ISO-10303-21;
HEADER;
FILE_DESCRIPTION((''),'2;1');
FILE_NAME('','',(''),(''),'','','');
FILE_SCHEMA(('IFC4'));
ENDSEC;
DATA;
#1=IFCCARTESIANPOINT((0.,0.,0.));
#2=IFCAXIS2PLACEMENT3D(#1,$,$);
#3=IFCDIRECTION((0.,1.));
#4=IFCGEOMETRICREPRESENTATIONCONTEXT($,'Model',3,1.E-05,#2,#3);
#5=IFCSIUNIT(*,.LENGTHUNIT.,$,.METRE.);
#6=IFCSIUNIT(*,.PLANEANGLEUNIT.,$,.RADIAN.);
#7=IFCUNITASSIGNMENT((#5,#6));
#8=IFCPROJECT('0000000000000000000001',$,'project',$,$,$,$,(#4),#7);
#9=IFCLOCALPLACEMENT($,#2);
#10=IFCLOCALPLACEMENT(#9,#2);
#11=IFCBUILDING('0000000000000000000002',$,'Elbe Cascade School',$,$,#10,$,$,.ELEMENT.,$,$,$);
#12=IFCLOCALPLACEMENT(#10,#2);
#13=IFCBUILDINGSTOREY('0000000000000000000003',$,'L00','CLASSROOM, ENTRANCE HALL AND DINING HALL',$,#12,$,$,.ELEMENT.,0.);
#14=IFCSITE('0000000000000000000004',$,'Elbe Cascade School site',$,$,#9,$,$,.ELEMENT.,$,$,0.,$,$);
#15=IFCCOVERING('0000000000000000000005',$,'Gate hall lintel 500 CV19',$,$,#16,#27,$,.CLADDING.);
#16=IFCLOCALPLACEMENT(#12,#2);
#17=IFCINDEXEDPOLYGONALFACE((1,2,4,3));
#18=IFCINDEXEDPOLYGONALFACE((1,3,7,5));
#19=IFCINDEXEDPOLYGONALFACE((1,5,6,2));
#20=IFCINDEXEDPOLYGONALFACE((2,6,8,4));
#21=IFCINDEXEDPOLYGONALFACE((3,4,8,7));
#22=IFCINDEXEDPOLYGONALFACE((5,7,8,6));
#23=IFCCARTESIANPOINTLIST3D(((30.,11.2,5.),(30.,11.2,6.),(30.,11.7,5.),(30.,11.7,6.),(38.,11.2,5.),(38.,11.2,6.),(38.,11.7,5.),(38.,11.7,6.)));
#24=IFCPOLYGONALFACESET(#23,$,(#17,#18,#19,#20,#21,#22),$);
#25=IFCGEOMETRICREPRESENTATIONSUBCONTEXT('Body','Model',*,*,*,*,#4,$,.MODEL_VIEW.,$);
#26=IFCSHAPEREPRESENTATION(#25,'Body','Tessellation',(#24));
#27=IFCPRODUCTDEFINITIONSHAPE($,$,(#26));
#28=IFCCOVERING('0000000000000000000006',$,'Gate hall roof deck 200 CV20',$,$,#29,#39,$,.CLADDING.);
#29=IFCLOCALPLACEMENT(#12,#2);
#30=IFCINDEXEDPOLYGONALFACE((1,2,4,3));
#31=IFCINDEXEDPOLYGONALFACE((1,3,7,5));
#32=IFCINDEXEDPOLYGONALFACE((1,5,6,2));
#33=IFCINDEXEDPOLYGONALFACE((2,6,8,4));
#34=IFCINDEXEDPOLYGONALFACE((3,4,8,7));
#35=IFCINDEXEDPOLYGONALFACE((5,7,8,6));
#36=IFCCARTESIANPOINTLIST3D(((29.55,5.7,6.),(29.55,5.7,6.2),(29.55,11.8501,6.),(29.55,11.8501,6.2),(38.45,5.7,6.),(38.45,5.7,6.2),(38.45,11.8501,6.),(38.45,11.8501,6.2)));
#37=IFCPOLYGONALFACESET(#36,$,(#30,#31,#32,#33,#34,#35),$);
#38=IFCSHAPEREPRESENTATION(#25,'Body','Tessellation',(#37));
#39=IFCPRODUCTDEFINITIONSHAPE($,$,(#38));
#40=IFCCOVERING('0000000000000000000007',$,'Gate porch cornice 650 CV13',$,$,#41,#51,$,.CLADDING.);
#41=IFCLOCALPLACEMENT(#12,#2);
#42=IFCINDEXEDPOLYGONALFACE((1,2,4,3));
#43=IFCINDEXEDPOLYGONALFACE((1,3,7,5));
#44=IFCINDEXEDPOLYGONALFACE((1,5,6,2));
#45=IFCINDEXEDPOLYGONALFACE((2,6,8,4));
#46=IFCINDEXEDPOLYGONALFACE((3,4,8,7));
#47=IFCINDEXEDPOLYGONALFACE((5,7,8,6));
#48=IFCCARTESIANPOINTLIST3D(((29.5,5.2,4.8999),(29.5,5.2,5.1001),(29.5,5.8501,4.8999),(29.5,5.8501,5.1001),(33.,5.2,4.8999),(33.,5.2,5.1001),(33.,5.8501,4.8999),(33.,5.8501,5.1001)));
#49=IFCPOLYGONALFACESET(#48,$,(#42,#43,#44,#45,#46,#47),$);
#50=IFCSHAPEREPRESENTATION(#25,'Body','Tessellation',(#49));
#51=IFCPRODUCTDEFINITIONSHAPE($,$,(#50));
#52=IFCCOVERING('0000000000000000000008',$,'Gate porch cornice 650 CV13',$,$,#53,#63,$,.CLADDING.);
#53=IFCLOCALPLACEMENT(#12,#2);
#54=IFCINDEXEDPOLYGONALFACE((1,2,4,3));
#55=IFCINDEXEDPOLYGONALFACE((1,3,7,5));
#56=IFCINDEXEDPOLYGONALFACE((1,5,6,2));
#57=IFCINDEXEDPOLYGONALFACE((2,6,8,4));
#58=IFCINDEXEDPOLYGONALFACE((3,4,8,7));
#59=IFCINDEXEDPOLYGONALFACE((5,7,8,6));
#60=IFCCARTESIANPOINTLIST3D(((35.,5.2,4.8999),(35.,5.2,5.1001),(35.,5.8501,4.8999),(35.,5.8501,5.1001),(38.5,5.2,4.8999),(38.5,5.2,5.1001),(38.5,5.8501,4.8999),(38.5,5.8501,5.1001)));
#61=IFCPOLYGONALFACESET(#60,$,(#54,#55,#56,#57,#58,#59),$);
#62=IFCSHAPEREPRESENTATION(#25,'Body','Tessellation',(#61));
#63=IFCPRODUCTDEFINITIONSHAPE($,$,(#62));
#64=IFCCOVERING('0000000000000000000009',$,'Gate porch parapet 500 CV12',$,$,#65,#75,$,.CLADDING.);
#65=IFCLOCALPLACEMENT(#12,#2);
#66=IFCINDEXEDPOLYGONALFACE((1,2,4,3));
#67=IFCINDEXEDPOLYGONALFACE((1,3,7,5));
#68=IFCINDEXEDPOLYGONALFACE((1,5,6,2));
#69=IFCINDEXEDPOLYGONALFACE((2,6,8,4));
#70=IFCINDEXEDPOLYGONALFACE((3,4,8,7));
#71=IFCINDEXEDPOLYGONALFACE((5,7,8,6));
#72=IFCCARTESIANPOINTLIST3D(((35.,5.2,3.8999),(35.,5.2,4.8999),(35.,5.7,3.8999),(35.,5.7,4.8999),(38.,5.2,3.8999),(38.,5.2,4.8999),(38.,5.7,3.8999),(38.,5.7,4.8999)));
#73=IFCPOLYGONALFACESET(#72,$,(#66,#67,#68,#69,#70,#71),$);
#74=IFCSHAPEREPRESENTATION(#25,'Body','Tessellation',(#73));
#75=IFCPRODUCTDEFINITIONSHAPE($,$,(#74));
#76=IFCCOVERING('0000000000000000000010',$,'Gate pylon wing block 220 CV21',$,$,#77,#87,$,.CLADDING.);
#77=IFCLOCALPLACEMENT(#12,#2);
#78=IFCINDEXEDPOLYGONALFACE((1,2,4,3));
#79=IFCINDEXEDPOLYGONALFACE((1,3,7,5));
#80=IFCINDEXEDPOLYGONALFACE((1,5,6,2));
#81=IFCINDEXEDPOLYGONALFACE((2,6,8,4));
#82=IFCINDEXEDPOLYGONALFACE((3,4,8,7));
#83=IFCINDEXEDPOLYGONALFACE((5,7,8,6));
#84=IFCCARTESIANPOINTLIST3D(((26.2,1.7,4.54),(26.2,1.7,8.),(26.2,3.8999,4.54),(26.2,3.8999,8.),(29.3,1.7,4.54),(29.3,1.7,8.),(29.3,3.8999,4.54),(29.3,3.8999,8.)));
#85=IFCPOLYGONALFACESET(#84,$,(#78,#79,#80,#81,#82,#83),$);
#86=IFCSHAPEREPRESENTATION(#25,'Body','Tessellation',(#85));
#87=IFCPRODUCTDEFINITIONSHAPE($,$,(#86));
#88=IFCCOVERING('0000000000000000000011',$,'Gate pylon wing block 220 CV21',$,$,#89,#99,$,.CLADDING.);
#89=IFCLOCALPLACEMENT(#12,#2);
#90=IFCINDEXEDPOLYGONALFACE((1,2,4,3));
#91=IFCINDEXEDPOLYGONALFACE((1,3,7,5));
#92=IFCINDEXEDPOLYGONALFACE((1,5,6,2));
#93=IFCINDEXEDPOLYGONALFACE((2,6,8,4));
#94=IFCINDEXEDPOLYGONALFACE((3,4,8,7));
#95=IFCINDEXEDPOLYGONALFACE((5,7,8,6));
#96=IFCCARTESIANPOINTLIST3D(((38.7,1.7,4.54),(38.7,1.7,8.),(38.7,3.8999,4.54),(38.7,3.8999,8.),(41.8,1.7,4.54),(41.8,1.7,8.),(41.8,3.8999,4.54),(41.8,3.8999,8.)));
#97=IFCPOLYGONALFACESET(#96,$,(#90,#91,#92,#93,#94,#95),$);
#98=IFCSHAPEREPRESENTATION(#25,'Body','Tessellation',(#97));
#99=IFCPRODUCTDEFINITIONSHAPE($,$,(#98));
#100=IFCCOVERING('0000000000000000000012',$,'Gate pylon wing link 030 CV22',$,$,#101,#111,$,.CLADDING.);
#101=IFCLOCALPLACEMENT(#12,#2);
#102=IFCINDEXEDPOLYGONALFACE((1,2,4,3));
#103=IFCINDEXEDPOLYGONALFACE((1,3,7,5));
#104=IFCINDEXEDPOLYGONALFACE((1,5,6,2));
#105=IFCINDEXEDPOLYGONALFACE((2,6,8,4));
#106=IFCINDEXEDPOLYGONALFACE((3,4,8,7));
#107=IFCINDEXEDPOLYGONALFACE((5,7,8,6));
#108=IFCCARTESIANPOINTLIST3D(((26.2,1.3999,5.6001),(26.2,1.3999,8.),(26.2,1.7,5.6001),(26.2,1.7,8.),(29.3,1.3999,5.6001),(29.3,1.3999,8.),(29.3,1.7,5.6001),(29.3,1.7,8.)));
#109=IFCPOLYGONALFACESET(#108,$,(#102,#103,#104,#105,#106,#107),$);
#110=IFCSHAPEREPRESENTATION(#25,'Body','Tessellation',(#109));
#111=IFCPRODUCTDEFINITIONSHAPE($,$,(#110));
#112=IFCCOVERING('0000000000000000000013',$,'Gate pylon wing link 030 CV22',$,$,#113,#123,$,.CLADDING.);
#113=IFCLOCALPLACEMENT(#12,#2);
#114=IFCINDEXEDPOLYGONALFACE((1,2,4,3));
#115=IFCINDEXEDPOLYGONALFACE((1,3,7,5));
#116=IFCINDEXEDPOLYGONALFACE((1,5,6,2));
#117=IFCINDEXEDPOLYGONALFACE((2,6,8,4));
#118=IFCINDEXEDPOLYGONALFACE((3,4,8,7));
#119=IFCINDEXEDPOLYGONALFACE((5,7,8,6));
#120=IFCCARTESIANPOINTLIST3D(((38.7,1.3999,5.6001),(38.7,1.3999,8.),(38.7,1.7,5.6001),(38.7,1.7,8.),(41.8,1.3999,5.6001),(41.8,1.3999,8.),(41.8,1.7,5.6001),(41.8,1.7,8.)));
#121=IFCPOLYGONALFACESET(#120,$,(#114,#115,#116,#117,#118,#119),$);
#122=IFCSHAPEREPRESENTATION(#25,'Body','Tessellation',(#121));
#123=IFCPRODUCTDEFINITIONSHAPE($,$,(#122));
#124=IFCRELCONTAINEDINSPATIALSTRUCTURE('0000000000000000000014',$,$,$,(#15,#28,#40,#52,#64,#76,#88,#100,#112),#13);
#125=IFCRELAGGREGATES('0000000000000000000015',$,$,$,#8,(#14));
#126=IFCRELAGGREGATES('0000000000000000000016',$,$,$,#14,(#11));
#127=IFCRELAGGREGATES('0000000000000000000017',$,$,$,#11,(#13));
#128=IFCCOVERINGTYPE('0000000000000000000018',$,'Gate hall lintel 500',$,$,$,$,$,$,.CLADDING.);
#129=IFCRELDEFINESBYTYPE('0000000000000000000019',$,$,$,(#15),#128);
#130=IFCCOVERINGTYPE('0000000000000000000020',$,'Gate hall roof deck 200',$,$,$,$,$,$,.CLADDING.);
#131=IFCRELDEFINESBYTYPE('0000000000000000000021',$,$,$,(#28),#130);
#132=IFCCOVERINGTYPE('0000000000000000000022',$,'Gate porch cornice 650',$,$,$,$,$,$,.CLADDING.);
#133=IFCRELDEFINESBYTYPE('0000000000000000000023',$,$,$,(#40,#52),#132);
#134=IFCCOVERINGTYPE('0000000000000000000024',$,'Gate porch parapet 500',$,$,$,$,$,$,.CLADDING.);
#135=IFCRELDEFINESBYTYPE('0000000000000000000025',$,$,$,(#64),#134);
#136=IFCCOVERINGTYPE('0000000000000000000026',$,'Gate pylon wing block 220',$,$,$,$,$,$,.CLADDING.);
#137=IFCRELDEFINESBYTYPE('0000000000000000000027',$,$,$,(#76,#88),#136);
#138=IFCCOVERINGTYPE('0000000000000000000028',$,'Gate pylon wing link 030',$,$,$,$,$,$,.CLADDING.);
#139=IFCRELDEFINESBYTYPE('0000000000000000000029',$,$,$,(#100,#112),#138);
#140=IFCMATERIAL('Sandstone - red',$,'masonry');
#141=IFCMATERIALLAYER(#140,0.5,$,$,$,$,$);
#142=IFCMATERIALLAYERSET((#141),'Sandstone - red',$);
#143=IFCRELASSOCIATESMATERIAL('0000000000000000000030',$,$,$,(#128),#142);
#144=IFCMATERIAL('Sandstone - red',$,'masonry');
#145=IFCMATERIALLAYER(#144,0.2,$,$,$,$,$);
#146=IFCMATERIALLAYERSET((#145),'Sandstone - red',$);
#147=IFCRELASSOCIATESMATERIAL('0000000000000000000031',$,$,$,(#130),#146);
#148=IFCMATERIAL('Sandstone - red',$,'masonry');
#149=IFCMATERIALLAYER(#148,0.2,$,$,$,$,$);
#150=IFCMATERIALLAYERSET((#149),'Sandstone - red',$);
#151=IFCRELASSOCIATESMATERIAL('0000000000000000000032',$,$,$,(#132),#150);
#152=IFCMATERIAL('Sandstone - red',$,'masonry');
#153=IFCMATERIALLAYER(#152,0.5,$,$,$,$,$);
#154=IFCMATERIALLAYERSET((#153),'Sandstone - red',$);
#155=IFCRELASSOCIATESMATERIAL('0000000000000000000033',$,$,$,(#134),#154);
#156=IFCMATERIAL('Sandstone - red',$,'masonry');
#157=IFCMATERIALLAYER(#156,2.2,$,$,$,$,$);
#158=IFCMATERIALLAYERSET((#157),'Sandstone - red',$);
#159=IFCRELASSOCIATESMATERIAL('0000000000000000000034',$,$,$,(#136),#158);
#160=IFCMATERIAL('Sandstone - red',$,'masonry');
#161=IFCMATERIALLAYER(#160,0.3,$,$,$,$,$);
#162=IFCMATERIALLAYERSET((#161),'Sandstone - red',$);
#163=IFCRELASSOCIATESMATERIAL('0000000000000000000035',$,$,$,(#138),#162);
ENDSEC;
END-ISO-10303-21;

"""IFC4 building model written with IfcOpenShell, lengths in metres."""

from ifc_helpers import new_model, si_unit, direction, frame, origin, place, context, subcontext, project, spatial, polyline, outline, extrude, material, layer, layer_set, type_object, element, save


model = new_model("IFC4")

# Units and contexts
model_context = context("Model", 3, precision=1e-05, world=origin(), true_north=direction((0.0, 1.0)))
body_context = subcontext(model_context, "Body", "Model", "MODEL_VIEW")
ifc_project = project(units=[si_unit("LENGTHUNIT", "METRE"), si_unit("PLANEANGLEUNIT", "RADIAN")], contexts=[model_context])

# Site, building, storey
site_placement = place(None, origin())
site = spatial("IfcSite", under=ifc_project, at=site_placement, Name="Elbe Cascade School site", CompositionType="ELEMENT", RefElevation=0.0)
building_placement = place(site_placement, origin())
building = spatial("IfcBuilding", under=site, at=building_placement, Name="Elbe Cascade School", CompositionType="ELEMENT")
storey_placement = place(building_placement, origin())
storey = spatial("IfcBuildingStorey", under=building, at=storey_placement, Name="L00", Description="CLASSROOM, ENTRANCE HALL AND DINING HALL", CompositionType="ELEMENT", Elevation=0.0)

# Coverings
ifc_material_1 = material(Name="Sandstone - red", Category="masonry")
ifc_layer_1 = layer(ifc_material_1, 0.5)
ifc_layer_set_1 = layer_set([ifc_layer_1], Name="Sandstone - red")
covering_type_1 = type_object("IfcCoveringType", Name="Gate hall lintel 500", PredefinedType="CLADDING", material=ifc_layer_set_1)
covering_1_placement = place(storey_placement, frame((0.0, 0.0, 5.0)))
element("IfcCovering", 1, at=covering_1_placement, inside=storey, type_object=covering_type_1, Name="Gate hall lintel 500 CV19", PredefinedType="CLADDING", context=body_context, shape_type="SweptSolid", body=[
    extrude(outline(polyline([(30.0, 11.2), (38.0, 11.2), (38.0, 11.7), (30.0, 11.7), (30.0, 11.2)])), origin(), (0.0, 0.0, 1.0), 1.0),
])
ifc_material_2 = material(Name="Sandstone - red", Category="masonry")
ifc_layer_2 = layer(ifc_material_2, 0.2)
ifc_layer_set_2 = layer_set([ifc_layer_2], Name="Sandstone - red")
covering_type_2 = type_object("IfcCoveringType", Name="Gate hall roof deck 200", PredefinedType="CLADDING", material=ifc_layer_set_2)
covering_2_placement = place(storey_placement, frame((0.0, 0.0, 6.0)))
element("IfcCovering", 2, at=covering_2_placement, inside=storey, type_object=covering_type_2, Name="Gate hall roof deck 200 CV20", PredefinedType="CLADDING", context=body_context, shape_type="SweptSolid", body=[
    extrude(outline(polyline([(29.55, 5.7), (38.45, 5.7), (38.45, 11.8501), (29.55, 11.8501), (29.55, 5.7)])), origin(), (0.0, 0.0, 1.0), 0.2),
])
ifc_material_3 = material(Name="Sandstone - red", Category="masonry")
ifc_layer_3 = layer(ifc_material_3, 0.2)
ifc_layer_set_3 = layer_set([ifc_layer_3], Name="Sandstone - red")
covering_type_3 = type_object("IfcCoveringType", Name="Gate porch cornice 650", PredefinedType="CLADDING", material=ifc_layer_set_3)
covering_3_placement = place(storey_placement, frame((0.0, 0.0, 4.8999)))
element("IfcCovering", 3, at=covering_3_placement, inside=storey, type_object=covering_type_3, Name="Gate porch cornice 650 CV13", PredefinedType="CLADDING", context=body_context, shape_type="SweptSolid", body=[
    extrude(outline(polyline([(29.5, 5.2), (33.0, 5.2), (33.0, 5.8501), (29.5, 5.8501), (29.5, 5.2)])), origin(), (0.0, 0.0, 1.0), 0.2002),
])
covering_4_placement = place(storey_placement, frame((0.0, 0.0, 4.8999)))
element("IfcCovering", 4, at=covering_4_placement, inside=storey, type_object=covering_type_3, Name="Gate porch cornice 650 CV13", PredefinedType="CLADDING", context=body_context, shape_type="SweptSolid", body=[
    extrude(outline(polyline([(35.0, 5.2), (38.5, 5.2), (38.5, 5.8501), (35.0, 5.8501), (35.0, 5.2)])), origin(), (0.0, 0.0, 1.0), 0.2002),
])
ifc_material_4 = material(Name="Sandstone - red", Category="masonry")
ifc_layer_4 = layer(ifc_material_4, 0.5)
ifc_layer_set_4 = layer_set([ifc_layer_4], Name="Sandstone - red")
covering_type_4 = type_object("IfcCoveringType", Name="Gate porch parapet 500", PredefinedType="CLADDING", material=ifc_layer_set_4)
covering_5_placement = place(storey_placement, frame((0.0, 0.0, 3.8999)))
element("IfcCovering", 5, at=covering_5_placement, inside=storey, type_object=covering_type_4, Name="Gate porch parapet 500 CV12", PredefinedType="CLADDING", context=body_context, shape_type="SweptSolid", body=[
    extrude(outline(polyline([(35.0, 5.2), (38.0, 5.2), (38.0, 5.7), (35.0, 5.7), (35.0, 5.2)])), origin(), (0.0, 0.0, 1.0), 1.0),
])
ifc_material_5 = material(Name="Sandstone - red", Category="masonry")
ifc_layer_5 = layer(ifc_material_5, 2.2)
ifc_layer_set_5 = layer_set([ifc_layer_5], Name="Sandstone - red")
covering_type_5 = type_object("IfcCoveringType", Name="Gate pylon wing block 220", PredefinedType="CLADDING", material=ifc_layer_set_5)
covering_6_placement = place(storey_placement, frame((0.0, 0.0, 4.54)))
element("IfcCovering", 6, at=covering_6_placement, inside=storey, type_object=covering_type_5, Name="Gate pylon wing block 220 CV21", PredefinedType="CLADDING", context=body_context, shape_type="SweptSolid", body=[
    extrude(outline(polyline([(26.2, 1.7), (29.3, 1.7), (29.3, 3.8999), (26.2, 3.8999), (26.2, 1.7)])), origin(), (0.0, 0.0, 1.0), 3.46),
])
covering_7_placement = place(storey_placement, frame((0.0, 0.0, 4.54)))
element("IfcCovering", 7, at=covering_7_placement, inside=storey, type_object=covering_type_5, Name="Gate pylon wing block 220 CV21", PredefinedType="CLADDING", context=body_context, shape_type="SweptSolid", body=[
    extrude(outline(polyline([(38.7, 1.7), (41.8, 1.7), (41.8, 3.8999), (38.7, 3.8999), (38.7, 1.7)])), origin(), (0.0, 0.0, 1.0), 3.46),
])
ifc_material_6 = material(Name="Sandstone - red", Category="masonry")
ifc_layer_6 = layer(ifc_material_6, 0.3)
ifc_layer_set_6 = layer_set([ifc_layer_6], Name="Sandstone - red")
covering_type_6 = type_object("IfcCoveringType", Name="Gate pylon wing link 030", PredefinedType="CLADDING", material=ifc_layer_set_6)
covering_8_placement = place(storey_placement, frame((0.0, 0.0, 5.6001)))
element("IfcCovering", 8, at=covering_8_placement, inside=storey, type_object=covering_type_6, Name="Gate pylon wing link 030 CV22", PredefinedType="CLADDING", context=body_context, shape_type="SweptSolid", body=[
    extrude(outline(polyline([(26.2, 1.3999), (29.3, 1.3999), (29.3, 1.7), (26.2, 1.7), (26.2, 1.3999)])), origin(), (0.0, 0.0, 1.0), 2.3999),
])
covering_9_placement = place(storey_placement, frame((0.0, 0.0, 5.6001)))
element("IfcCovering", 9, at=covering_9_placement, inside=storey, type_object=covering_type_6, Name="Gate pylon wing link 030 CV22", PredefinedType="CLADDING", context=body_context, shape_type="SweptSolid", body=[
    extrude(outline(polyline([(38.7, 1.3999), (41.8, 1.3999), (41.8, 1.7), (38.7, 1.7), (38.7, 1.3999)])), origin(), (0.0, 0.0, 1.0), 2.3999),
])

save(model, "model.ifc")
